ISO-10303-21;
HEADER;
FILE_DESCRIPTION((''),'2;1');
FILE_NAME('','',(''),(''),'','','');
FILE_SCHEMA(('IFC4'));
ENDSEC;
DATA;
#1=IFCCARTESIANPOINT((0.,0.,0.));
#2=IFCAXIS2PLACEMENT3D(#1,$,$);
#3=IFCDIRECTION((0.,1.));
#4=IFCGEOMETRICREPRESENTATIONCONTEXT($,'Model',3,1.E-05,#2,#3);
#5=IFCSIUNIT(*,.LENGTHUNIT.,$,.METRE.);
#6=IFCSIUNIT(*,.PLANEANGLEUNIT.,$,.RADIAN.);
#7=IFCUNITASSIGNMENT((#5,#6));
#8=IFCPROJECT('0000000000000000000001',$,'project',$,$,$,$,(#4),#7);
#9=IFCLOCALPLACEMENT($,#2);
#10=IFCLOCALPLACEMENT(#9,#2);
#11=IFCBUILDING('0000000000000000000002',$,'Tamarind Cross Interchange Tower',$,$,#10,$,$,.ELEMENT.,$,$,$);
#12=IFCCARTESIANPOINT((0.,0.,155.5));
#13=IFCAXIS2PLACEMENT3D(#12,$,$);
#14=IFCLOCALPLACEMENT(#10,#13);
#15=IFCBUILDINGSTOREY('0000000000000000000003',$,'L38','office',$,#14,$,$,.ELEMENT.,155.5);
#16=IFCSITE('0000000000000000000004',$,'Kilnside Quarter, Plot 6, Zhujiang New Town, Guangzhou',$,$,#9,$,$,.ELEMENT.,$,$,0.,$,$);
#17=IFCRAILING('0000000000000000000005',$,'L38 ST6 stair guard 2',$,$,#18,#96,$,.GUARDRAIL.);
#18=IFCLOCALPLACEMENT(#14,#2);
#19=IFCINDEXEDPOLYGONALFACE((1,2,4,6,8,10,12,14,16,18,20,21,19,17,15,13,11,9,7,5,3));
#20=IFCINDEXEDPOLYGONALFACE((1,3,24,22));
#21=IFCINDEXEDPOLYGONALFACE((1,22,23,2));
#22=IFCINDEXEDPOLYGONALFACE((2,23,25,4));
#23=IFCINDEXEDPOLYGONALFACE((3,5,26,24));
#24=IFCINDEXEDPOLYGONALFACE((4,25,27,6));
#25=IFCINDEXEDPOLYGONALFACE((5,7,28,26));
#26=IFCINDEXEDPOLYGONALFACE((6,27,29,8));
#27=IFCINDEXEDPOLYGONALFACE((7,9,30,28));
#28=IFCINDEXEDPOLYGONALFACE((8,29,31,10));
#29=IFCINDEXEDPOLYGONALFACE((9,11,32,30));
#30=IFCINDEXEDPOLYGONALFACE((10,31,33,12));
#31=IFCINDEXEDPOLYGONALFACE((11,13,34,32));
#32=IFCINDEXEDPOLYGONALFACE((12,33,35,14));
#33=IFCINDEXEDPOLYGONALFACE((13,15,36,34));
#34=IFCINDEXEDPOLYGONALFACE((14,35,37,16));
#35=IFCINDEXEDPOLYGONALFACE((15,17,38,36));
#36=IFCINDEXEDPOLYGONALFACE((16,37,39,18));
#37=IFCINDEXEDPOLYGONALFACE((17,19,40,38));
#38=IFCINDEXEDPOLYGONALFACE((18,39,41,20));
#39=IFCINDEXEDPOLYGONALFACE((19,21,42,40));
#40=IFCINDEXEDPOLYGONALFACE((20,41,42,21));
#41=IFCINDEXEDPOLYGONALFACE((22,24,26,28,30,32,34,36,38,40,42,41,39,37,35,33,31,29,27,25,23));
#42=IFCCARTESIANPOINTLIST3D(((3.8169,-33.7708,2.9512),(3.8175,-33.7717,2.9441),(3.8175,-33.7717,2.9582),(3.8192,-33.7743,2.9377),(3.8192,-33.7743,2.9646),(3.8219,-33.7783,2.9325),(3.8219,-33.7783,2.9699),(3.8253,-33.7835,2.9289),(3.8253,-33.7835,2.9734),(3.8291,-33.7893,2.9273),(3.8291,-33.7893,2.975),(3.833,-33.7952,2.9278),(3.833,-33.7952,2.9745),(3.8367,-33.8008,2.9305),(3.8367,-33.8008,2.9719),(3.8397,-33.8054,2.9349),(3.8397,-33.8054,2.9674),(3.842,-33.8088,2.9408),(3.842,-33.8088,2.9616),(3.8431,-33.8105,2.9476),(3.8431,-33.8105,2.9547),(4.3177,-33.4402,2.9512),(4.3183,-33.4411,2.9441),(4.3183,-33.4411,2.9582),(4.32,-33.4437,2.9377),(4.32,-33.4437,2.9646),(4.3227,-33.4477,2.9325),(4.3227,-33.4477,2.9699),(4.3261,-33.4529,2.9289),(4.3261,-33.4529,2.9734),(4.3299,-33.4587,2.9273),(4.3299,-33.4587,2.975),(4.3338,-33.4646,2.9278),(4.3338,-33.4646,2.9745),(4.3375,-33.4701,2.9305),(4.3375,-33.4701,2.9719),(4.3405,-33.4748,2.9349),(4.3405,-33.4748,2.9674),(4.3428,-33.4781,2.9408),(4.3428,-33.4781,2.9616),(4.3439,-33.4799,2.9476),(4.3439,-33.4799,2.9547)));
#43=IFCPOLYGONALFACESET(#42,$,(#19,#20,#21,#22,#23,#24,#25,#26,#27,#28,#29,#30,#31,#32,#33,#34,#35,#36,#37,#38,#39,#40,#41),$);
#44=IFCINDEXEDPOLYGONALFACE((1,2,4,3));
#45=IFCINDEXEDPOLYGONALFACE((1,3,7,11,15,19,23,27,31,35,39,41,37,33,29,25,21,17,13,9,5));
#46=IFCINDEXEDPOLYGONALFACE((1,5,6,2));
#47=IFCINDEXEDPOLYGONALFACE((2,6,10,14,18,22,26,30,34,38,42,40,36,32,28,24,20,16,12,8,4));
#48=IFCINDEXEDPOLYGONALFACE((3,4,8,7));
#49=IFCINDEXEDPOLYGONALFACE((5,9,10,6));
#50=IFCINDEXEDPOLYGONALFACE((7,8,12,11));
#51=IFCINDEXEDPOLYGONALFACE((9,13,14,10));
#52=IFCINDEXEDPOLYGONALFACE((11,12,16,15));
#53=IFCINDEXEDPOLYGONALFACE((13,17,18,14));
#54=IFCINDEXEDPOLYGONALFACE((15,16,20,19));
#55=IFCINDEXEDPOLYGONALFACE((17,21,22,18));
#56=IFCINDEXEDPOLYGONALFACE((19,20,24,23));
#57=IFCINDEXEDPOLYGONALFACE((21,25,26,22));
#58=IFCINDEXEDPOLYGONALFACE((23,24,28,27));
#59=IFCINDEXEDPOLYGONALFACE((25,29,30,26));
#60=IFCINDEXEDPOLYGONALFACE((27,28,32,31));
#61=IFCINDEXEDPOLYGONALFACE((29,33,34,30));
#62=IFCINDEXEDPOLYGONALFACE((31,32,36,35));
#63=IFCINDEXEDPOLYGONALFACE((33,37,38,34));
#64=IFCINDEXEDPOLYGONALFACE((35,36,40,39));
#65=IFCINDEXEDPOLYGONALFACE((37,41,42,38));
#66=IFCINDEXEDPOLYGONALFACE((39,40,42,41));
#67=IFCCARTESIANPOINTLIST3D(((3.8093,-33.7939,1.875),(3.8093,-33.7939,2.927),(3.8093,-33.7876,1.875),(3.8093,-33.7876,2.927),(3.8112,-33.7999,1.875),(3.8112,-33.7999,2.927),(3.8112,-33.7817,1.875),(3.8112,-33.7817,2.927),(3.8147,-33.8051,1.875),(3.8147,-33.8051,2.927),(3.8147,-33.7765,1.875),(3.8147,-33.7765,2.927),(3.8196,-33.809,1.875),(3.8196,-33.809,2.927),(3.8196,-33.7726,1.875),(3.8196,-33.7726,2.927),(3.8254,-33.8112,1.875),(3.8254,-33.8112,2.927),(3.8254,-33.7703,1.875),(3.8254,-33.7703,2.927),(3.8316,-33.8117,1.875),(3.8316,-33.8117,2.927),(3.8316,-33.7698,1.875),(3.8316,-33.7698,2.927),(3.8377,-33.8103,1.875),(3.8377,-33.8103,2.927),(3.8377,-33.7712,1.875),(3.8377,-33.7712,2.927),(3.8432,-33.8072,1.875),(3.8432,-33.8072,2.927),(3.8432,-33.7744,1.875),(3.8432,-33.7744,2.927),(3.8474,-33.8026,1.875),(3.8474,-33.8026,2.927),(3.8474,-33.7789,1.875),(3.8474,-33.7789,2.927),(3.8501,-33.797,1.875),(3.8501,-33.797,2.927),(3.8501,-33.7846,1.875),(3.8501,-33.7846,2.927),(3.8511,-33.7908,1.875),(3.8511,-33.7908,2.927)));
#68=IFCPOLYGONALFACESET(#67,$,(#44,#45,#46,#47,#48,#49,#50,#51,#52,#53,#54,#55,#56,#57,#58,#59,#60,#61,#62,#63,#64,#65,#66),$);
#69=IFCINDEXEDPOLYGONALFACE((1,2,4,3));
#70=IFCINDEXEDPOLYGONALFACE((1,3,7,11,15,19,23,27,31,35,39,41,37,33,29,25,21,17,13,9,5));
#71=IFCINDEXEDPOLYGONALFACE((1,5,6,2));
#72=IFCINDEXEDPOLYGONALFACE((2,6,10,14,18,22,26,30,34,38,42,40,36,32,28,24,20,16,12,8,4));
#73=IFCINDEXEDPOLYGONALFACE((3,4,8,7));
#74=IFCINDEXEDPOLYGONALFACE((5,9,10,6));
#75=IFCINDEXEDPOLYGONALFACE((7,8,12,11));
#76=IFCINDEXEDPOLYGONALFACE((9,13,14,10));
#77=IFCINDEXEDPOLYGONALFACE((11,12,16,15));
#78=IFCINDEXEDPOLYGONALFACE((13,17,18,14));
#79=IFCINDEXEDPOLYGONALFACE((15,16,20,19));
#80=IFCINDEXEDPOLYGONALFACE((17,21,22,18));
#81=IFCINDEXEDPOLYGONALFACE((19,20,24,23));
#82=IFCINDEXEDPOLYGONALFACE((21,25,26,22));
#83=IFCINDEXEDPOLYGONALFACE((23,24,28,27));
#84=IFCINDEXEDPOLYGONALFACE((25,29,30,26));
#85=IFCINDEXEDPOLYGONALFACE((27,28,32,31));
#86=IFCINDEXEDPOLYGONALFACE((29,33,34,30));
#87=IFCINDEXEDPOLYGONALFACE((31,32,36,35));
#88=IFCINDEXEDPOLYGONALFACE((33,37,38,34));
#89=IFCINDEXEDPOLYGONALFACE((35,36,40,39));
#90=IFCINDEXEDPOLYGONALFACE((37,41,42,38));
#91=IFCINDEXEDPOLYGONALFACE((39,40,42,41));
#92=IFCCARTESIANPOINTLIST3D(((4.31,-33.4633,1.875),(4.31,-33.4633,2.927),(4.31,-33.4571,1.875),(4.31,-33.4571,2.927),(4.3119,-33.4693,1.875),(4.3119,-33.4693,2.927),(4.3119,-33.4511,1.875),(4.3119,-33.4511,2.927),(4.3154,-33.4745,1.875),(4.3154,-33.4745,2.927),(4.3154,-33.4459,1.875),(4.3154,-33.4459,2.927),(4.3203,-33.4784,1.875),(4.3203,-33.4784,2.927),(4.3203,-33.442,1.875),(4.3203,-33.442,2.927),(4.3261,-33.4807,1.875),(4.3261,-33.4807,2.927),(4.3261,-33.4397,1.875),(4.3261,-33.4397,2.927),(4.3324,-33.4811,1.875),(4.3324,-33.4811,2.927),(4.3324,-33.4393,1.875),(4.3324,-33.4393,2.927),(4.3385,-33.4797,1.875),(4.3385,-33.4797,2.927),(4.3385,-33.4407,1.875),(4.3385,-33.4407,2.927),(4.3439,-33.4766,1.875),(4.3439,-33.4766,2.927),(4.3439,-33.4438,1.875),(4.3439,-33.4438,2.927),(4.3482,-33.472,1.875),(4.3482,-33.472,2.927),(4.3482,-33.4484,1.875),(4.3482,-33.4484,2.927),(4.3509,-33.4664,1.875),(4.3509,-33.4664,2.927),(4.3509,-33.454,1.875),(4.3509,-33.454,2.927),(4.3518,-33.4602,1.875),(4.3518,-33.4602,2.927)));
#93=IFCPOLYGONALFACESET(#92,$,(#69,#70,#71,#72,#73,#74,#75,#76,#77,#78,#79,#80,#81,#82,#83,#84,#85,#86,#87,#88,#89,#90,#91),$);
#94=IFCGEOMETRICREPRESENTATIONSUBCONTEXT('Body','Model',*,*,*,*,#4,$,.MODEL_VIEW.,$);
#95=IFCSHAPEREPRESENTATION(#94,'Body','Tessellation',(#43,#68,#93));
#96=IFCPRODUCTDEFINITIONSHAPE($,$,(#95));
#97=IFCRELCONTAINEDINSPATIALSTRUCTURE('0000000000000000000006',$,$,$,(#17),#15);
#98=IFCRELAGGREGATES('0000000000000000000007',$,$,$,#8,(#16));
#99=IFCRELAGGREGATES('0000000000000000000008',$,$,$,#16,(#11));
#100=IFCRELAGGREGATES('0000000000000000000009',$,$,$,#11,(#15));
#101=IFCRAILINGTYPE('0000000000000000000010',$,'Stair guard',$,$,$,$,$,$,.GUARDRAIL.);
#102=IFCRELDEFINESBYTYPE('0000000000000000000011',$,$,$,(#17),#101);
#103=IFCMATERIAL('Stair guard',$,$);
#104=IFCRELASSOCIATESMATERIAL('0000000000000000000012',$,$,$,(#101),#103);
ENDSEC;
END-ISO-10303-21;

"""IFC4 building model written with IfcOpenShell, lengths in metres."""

from ifc_helpers import new_model, si_unit, direction, frame, origin, origin_2d, place, context, subcontext, project, spatial, circle, extrude, material, type_object, element, save


model = new_model("IFC4")

# Units and contexts
model_context = context("Model", 3, precision=1e-05, world=origin(), true_north=direction((0.0, 1.0)))
body_context = subcontext(model_context, "Body", "Model", "MODEL_VIEW")
ifc_project = project(units=[si_unit("LENGTHUNIT", "METRE"), si_unit("PLANEANGLEUNIT", "RADIAN")], contexts=[model_context])

# Site, building, storey
site_placement = place(None, origin())
site = spatial("IfcSite", under=ifc_project, at=site_placement, Name="Kilnside Quarter, Plot 6, Zhujiang New Town, Guangzhou", CompositionType="ELEMENT", RefElevation=0.0)
building_placement = place(site_placement, origin())
building = spatial("IfcBuilding", under=site, at=building_placement, Name="Tamarind Cross Interchange Tower", CompositionType="ELEMENT")
storey_placement = place(building_placement, frame((0.0, 0.0, 155.5)))
storey = spatial("IfcBuildingStorey", under=building, at=storey_placement, Name="L38", Description="office", CompositionType="ELEMENT", Elevation=155.5)

# Railing
ifc_material_1 = material(Name="Stair guard")
railing_type_1 = type_object("IfcRailingType", Name="Stair guard", PredefinedType="GUARDRAIL", material=ifc_material_1)
railing_1_placement = place(storey_placement, frame((3.8301, -33.7908, 1.875)))
element("IfcRailing", 1, at=railing_1_placement, inside=storey, type_object=railing_type_1, Name="L38 ST6 stair guard 2", PredefinedType="GUARDRAIL", context=body_context, shape_type="SweptSolid", body=[
    extrude(circle(Radius=0.0239, at=origin_2d()), frame((0.0, 0.0, 1.0762), z_axis=(0.834546, 0.550939, 0.0), x_axis=(-0.550939, 0.834546, 0.0)), (0.0, 0.0, 1.0), 0.6001),
    extrude(circle(Radius=0.021, at=origin_2d()), origin(), (0.0, 0.0, 1.0), 1.052),
    extrude(circle(Radius=0.021, at=origin_2d()), frame((0.5007, 0.3306, 0.0)), (0.0, 0.0, 1.0), 1.052),
])

save(model, "model.ifc")
